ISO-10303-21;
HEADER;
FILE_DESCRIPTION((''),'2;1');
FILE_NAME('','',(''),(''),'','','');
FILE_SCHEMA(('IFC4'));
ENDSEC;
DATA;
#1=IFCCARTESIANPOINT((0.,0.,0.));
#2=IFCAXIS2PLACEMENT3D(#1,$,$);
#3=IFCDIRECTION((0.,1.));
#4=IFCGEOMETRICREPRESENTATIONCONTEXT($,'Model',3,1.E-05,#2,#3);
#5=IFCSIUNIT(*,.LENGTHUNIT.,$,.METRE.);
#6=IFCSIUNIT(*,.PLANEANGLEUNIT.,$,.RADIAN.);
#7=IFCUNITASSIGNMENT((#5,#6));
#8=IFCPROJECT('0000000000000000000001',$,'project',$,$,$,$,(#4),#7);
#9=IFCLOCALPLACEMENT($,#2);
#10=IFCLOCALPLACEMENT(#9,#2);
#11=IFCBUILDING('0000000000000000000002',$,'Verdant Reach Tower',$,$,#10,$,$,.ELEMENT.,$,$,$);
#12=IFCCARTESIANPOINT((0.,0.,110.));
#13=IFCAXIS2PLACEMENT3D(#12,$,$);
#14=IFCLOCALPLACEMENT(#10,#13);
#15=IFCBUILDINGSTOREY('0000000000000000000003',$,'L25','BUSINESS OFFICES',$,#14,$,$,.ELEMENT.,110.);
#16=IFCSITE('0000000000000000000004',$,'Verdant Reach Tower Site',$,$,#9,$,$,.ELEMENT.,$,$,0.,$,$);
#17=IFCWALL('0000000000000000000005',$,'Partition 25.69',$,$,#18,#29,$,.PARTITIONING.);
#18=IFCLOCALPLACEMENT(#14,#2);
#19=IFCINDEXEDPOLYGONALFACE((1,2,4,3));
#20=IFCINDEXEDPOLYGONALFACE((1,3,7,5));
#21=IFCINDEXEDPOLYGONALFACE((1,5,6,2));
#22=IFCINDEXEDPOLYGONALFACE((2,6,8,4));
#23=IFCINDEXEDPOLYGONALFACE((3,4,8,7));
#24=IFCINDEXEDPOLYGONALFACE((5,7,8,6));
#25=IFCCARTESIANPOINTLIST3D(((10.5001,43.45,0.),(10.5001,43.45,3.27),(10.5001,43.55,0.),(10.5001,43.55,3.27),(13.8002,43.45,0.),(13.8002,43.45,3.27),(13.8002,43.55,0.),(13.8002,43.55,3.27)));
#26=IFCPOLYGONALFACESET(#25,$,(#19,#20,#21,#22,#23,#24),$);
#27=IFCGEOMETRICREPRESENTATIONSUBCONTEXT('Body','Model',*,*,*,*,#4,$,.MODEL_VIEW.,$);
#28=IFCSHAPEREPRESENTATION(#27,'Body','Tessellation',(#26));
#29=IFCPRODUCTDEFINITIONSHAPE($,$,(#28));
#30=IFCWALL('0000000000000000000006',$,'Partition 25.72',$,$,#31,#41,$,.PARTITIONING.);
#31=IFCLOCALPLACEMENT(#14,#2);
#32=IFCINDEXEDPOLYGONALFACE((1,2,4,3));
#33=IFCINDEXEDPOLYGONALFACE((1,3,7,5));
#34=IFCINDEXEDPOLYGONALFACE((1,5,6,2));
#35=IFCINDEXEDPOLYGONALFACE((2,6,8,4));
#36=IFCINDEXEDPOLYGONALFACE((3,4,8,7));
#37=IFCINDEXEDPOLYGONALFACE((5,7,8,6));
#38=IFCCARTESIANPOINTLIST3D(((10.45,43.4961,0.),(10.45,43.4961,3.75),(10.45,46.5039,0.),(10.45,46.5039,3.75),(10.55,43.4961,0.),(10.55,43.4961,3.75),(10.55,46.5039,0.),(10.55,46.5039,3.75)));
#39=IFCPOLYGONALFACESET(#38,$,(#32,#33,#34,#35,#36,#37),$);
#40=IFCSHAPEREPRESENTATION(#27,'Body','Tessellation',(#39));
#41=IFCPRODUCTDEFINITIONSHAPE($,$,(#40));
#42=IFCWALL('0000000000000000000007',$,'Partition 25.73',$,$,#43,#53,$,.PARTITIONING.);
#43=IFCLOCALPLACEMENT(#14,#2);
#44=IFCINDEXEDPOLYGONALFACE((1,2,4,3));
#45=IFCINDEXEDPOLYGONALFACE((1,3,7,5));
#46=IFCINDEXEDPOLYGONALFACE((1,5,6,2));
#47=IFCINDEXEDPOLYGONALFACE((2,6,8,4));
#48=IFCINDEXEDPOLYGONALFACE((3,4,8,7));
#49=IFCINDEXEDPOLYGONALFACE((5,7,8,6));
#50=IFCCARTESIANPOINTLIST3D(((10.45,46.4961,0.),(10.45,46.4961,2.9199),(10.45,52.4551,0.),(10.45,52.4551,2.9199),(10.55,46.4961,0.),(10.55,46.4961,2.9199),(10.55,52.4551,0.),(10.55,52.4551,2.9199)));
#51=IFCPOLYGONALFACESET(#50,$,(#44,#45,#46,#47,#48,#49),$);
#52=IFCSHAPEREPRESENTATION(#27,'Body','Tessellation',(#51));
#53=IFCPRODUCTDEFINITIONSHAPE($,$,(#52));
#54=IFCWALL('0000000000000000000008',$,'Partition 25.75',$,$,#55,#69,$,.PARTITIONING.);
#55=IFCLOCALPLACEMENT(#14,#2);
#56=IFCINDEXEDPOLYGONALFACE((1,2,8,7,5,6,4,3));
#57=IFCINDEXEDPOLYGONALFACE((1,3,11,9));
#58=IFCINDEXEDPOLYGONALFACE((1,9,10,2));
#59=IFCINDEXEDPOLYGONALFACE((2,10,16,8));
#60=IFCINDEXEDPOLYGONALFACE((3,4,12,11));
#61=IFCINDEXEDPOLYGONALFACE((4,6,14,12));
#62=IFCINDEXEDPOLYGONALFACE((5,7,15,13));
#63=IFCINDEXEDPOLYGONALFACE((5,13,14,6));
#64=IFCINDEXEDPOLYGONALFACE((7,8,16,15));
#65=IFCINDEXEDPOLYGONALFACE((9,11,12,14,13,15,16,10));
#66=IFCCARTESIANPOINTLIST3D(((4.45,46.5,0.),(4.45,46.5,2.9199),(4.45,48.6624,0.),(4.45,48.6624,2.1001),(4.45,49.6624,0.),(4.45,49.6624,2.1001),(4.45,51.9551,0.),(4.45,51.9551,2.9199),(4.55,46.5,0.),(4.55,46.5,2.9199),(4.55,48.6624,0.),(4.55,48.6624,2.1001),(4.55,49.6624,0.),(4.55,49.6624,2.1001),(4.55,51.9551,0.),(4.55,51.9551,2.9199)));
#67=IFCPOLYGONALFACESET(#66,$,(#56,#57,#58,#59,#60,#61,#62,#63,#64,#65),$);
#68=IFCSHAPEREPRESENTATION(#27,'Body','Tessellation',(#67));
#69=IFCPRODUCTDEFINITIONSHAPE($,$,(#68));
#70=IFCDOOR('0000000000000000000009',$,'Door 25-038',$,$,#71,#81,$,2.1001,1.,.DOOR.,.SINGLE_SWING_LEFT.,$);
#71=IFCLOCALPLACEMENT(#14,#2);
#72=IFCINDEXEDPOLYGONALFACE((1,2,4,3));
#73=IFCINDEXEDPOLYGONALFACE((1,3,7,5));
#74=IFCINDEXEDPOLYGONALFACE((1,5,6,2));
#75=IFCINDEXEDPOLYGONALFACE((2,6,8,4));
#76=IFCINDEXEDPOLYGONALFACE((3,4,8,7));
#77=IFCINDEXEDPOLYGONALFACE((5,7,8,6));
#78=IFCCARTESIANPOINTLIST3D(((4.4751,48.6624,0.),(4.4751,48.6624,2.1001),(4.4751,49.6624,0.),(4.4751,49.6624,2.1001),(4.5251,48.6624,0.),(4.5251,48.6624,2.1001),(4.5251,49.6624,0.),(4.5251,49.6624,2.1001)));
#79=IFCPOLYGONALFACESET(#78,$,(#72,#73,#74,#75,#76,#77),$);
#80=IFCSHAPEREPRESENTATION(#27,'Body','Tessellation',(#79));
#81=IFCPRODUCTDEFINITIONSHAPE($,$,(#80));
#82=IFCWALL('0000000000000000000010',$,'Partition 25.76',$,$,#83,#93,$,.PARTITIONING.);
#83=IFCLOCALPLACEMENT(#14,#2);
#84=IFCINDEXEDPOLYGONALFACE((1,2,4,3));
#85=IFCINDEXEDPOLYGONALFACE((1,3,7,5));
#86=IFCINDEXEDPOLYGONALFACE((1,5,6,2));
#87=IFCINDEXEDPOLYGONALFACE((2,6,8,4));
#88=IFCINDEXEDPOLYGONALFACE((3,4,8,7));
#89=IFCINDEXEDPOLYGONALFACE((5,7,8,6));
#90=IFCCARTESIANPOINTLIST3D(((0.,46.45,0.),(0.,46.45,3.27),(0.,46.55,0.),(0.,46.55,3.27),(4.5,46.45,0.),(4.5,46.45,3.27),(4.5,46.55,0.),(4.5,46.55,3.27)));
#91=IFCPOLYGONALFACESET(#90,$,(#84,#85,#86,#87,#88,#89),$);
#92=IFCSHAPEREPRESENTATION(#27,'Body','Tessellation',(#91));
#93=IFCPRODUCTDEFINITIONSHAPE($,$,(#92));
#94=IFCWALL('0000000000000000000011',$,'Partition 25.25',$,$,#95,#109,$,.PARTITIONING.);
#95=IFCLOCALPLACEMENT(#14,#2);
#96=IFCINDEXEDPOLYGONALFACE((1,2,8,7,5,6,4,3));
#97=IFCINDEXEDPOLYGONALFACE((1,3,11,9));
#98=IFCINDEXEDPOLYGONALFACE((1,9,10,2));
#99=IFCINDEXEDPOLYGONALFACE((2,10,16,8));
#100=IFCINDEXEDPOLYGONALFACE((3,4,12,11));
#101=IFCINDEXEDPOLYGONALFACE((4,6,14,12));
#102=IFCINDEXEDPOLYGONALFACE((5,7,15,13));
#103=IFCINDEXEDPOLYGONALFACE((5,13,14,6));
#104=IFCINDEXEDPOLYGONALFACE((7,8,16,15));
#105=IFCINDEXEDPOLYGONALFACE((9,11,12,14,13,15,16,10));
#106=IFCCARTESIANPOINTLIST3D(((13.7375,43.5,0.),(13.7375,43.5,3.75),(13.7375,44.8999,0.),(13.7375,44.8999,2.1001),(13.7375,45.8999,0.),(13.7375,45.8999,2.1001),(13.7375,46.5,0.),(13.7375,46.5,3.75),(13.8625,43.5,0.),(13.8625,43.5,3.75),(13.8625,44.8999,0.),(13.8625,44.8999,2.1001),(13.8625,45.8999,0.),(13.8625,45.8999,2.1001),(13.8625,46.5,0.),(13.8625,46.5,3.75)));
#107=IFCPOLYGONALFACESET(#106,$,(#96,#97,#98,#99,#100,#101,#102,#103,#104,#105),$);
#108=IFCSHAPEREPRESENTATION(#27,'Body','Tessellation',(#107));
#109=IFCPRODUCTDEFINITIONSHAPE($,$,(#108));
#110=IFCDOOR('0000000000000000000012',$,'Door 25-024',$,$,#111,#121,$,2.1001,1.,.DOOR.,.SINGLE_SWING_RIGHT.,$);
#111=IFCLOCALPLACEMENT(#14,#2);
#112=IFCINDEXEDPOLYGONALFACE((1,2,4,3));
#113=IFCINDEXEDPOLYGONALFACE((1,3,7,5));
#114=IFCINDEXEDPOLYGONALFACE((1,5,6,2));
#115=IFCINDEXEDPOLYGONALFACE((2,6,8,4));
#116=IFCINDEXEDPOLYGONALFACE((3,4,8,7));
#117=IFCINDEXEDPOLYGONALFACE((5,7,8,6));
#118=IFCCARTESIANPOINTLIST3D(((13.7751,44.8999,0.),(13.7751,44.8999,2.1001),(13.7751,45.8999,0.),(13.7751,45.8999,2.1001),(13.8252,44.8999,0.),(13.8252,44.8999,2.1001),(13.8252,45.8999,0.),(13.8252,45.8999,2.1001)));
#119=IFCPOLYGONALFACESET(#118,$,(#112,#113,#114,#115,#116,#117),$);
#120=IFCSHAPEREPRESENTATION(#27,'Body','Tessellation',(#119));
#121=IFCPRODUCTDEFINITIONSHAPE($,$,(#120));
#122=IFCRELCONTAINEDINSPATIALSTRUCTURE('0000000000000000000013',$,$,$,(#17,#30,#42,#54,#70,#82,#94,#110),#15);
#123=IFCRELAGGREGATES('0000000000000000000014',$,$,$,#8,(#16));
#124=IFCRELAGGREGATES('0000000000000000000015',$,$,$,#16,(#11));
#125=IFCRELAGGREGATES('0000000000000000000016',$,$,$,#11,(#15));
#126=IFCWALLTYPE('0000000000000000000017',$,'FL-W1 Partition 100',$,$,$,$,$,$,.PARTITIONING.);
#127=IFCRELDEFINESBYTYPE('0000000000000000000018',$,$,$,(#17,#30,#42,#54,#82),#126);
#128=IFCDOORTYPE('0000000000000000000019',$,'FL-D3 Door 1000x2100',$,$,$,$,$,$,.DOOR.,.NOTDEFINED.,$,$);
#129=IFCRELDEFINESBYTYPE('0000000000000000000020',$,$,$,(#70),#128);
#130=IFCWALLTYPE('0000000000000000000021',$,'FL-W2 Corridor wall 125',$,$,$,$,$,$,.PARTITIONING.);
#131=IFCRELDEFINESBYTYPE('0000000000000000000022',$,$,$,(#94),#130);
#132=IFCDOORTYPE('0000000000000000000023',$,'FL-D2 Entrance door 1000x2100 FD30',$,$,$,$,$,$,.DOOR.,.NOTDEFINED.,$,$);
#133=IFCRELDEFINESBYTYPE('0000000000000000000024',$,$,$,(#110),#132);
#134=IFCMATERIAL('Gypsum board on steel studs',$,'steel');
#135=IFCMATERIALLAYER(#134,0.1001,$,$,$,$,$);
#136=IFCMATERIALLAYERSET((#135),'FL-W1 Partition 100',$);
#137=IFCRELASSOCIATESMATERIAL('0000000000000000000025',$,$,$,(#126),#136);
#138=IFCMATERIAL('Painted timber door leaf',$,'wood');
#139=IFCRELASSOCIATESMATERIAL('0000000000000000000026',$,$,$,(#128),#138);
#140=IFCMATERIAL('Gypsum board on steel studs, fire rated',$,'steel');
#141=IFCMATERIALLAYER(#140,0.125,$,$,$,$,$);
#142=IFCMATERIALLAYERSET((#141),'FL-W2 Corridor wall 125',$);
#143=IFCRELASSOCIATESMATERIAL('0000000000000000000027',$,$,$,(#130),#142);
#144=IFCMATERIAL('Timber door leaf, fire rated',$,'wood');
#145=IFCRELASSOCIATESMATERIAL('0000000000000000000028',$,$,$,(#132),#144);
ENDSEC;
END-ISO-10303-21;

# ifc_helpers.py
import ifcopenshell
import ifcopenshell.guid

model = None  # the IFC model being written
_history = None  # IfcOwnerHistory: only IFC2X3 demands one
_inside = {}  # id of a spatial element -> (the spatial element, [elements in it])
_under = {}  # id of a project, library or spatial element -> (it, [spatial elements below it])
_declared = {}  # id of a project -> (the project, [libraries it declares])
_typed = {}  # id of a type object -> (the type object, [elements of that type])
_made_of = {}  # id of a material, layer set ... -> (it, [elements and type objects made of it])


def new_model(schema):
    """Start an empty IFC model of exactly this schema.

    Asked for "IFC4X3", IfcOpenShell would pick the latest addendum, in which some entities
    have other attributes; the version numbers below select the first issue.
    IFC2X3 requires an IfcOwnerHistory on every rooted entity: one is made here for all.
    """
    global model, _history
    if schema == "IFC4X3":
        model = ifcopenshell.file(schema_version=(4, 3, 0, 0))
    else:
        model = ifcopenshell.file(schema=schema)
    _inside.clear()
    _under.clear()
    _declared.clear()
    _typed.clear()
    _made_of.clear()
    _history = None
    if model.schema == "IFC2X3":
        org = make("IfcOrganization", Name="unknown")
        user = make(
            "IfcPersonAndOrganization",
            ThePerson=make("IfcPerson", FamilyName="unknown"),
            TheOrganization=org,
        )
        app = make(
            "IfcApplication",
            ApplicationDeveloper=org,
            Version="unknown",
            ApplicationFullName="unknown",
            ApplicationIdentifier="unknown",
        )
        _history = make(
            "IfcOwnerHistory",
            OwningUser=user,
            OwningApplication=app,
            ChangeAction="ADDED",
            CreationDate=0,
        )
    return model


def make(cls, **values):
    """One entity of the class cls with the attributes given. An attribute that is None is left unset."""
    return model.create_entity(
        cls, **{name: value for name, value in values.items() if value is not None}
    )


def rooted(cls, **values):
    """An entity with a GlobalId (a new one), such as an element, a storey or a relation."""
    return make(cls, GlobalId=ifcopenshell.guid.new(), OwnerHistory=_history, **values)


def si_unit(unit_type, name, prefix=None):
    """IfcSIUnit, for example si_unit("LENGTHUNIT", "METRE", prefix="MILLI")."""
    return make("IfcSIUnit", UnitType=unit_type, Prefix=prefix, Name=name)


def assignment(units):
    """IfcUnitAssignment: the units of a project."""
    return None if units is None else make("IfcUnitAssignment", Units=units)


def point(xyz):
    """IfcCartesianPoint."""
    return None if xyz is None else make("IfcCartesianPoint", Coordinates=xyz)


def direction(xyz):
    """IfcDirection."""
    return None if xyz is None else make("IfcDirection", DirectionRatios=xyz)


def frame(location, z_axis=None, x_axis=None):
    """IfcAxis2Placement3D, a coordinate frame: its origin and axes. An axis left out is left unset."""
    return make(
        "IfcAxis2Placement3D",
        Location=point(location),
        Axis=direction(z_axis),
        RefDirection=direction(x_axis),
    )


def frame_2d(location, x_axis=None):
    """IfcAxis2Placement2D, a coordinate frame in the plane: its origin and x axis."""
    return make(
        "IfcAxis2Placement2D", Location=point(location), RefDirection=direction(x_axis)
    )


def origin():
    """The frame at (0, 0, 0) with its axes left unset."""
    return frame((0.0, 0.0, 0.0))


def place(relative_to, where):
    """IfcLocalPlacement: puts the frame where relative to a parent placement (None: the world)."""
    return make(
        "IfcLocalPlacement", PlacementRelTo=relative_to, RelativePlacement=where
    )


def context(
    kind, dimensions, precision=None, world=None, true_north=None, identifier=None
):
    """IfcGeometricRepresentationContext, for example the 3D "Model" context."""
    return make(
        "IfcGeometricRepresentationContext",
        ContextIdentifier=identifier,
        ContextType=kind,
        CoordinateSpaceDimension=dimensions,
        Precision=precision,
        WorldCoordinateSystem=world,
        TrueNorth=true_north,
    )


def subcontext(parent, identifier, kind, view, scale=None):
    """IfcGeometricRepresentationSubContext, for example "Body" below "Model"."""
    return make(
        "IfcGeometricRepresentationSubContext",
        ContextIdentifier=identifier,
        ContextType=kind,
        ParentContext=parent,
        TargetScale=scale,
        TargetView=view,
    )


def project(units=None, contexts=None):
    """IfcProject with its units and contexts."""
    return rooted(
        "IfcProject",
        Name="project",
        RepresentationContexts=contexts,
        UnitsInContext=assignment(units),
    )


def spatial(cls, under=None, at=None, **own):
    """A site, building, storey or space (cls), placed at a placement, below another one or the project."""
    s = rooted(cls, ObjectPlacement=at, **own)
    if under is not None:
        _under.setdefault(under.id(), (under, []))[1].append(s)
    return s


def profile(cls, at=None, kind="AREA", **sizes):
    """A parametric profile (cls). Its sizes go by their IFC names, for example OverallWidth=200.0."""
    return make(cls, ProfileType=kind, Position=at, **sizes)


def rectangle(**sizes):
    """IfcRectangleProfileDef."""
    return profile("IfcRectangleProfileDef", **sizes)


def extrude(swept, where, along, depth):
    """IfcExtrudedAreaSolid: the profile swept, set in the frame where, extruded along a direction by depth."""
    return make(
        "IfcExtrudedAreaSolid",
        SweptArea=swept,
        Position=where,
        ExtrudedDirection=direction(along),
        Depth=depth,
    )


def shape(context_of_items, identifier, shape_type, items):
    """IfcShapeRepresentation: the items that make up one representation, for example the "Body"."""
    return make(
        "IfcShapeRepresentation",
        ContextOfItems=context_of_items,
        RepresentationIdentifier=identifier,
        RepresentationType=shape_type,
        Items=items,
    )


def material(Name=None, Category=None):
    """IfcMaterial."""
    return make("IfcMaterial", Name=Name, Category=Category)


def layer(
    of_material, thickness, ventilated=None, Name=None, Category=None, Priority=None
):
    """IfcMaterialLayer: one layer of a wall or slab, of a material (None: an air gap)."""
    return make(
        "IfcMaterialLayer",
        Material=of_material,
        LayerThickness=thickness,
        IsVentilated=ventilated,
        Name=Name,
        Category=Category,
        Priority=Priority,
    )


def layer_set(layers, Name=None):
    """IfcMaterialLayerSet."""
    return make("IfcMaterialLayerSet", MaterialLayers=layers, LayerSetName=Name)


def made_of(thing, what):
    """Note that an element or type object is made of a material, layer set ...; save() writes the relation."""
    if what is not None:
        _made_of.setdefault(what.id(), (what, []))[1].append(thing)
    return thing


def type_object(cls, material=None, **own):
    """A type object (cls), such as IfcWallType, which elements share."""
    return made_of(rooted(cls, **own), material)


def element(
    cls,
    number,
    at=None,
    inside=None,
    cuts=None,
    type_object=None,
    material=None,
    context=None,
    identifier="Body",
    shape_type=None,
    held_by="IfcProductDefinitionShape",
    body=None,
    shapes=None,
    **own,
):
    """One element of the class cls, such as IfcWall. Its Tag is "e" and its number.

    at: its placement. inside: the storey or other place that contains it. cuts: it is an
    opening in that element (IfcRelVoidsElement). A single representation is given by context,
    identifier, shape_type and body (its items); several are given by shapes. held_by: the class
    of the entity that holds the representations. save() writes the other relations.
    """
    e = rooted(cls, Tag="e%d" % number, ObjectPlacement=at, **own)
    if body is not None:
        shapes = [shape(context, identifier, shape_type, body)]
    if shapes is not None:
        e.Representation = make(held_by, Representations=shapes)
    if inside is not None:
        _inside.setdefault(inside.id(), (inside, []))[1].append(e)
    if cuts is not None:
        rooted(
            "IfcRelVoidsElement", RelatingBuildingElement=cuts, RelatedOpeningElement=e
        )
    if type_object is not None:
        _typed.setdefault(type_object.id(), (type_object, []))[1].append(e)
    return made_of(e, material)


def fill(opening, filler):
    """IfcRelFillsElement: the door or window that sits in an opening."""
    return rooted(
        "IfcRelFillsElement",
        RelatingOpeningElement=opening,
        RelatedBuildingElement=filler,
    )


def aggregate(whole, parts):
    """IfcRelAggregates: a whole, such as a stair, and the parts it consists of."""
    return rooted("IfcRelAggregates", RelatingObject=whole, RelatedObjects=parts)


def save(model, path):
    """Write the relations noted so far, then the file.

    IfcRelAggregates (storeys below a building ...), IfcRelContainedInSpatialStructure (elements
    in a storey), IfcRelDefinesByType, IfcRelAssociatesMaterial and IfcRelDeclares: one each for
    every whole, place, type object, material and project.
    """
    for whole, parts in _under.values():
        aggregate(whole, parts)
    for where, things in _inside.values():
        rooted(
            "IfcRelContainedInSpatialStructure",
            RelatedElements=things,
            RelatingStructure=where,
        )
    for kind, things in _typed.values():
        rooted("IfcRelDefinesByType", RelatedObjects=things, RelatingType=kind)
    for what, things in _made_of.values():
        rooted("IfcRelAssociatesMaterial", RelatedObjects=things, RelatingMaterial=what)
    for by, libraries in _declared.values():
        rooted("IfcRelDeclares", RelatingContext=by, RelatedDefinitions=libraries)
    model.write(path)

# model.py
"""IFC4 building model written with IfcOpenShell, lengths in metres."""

from ifc_helpers import new_model, si_unit, direction, frame, frame_2d, origin, place, context, subcontext, project, spatial, rectangle, extrude, material, layer, layer_set, type_object, element, fill, save


model = new_model("IFC4")

# Units and contexts
model_context = context("Model", 3, precision=1e-05, world=origin(), true_north=direction((0.0, 1.0)))
body_context = subcontext(model_context, "Body", "Model", "MODEL_VIEW")
ifc_project = project(units=[si_unit("LENGTHUNIT", "METRE"), si_unit("PLANEANGLEUNIT", "RADIAN")], contexts=[model_context])

# Site, building, storey
site_placement = place(None, origin())
site = spatial("IfcSite", under=ifc_project, at=site_placement, Name="Verdant Reach Tower Site", CompositionType="ELEMENT", RefElevation=0.0)
building_placement = place(site_placement, origin())
building = spatial("IfcBuilding", under=site, at=building_placement, Name="Verdant Reach Tower", CompositionType="ELEMENT")
storey_placement = place(building_placement, frame((0.0, 0.0, 110.0)))
storey = spatial("IfcBuildingStorey", under=building, at=storey_placement, Name="L25", Description="BUSINESS OFFICES", CompositionType="ELEMENT", Elevation=110.0)

# Walls
ifc_material_1 = material(Name="Gypsum board on steel studs", Category="steel")
ifc_layer_1 = layer(ifc_material_1, 0.1001)
ifc_layer_set_1 = layer_set([ifc_layer_1], Name="FL-W1 Partition 100")
wall_type_1 = type_object("IfcWallType", Name="FL-W1 Partition 100", PredefinedType="PARTITIONING", material=ifc_layer_set_1)
wall_1_placement = place(storey_placement, frame((13.8, 43.5, 0.0), z_axis=(0.0, 0.0, 1.0), x_axis=(-1.0, 0.0, 0.0)))
element("IfcWall", 1, at=wall_1_placement, inside=storey, type_object=wall_type_1, Name="Partition 25.69", PredefinedType="PARTITIONING", context=body_context, shape_type="SweptSolid", body=[
    extrude(rectangle(XDim=3.3, YDim=0.1001, at=frame_2d((1.6499, 0.0))), origin(), (0.0, 0.0, 1.0), 3.27),
])
wall_2_placement = place(storey_placement, frame((10.5, 46.5039, 0.0), z_axis=(0.0, 0.0, 1.0), x_axis=(0.0, -1.0, 0.0)))
element("IfcWall", 2, at=wall_2_placement, inside=storey, type_object=wall_type_1, Name="Partition 25.72", PredefinedType="PARTITIONING", context=body_context, shape_type="SweptSolid", body=[
    extrude(rectangle(XDim=3.0078, YDim=0.1001, at=frame_2d((1.5039, 0.0))), origin(), (0.0, 0.0, 1.0), 3.75),
])
wall_3_placement = place(storey_placement, frame((10.5, 52.4551, 0.0), z_axis=(0.0, 0.0, 1.0), x_axis=(0.0, -1.0, 0.0)))
element("IfcWall", 3, at=wall_3_placement, inside=storey, type_object=wall_type_1, Name="Partition 25.73", PredefinedType="PARTITIONING", context=body_context, shape_type="SweptSolid", body=[
    extrude(rectangle(XDim=5.959, YDim=0.1001, at=frame_2d((2.9795, 0.0))), origin(), (0.0, 0.0, 1.0), 2.9199),
])

# Wall, opening, door
wall_4_placement = place(storey_placement, frame((4.5, 46.5, 0.0), z_axis=(0.0, 0.0, 1.0), x_axis=(0.0, 1.0, 0.0)))
wall_4 = element("IfcWall", 4, at=wall_4_placement, inside=storey, type_object=wall_type_1, Name="Partition 25.75", PredefinedType="PARTITIONING", context=body_context, shape_type="SweptSolid", body=[
    extrude(rectangle(XDim=5.4551, YDim=0.1001, at=frame_2d((2.7275, 0.0))), origin(), (0.0, 0.0, 1.0), 2.9199),
])
opening_1_placement = place(wall_4_placement, frame((2.1624, 0.0, 0.0)))
opening_1 = element("IfcOpeningElement", 5, at=opening_1_placement, cuts=wall_4, PredefinedType="OPENING", context=body_context, shape_type="SweptSolid", body=[
    extrude(rectangle(XDim=1.0, YDim=2.1001, at=frame_2d((0.5, 1.05))), frame((0.0, 0.0601, 0.0), z_axis=(0.0, -1.0, 0.0), x_axis=(1.0, 0.0, 0.0)), (0.0, 0.0, 1.0), 0.1201),
])
ifc_material_2 = material(Name="Painted timber door leaf", Category="wood")
door_type_1 = type_object("IfcDoorType", Name="FL-D3 Door 1000x2100", OperationType="NOTDEFINED", PredefinedType="DOOR", material=ifc_material_2)
door_1_placement = place(opening_1_placement, origin())
door_1 = element("IfcDoor", 6, at=door_1_placement, inside=storey, type_object=door_type_1, Name="Door 25-038", OperationType="SINGLE_SWING_LEFT", OverallHeight=2.1001, OverallWidth=1.0, PredefinedType="DOOR", context=body_context, shape_type="SweptSolid", body=[
    extrude(rectangle(XDim=1.0, YDim=2.1001, at=frame_2d((0.5, 1.05))), frame((0.0, 0.0249, 0.0), z_axis=(0.0, -1.0, 0.0), x_axis=(1.0, 0.0, 0.0)), (0.0, 0.0, 1.0), 0.05),
])
fill(opening_1, door_1)

# Wall
wall_5_placement = place(storey_placement, frame((4.5, 46.5, 0.0), z_axis=(0.0, 0.0, 1.0), x_axis=(-1.0, 0.0, 0.0)))
element("IfcWall", 7, at=wall_5_placement, inside=storey, type_object=wall_type_1, Name="Partition 25.76", PredefinedType="PARTITIONING", context=body_context, shape_type="SweptSolid", body=[
    extrude(rectangle(XDim=4.5, YDim=0.1001, at=frame_2d((2.25, 0.0))), origin(), (0.0, 0.0, 1.0), 3.27),
])

# Wall, opening, door
ifc_material_3 = material(Name="Gypsum board on steel studs, fire rated", Category="steel")
ifc_layer_2 = layer(ifc_material_3, 0.125)
ifc_layer_set_2 = layer_set([ifc_layer_2], Name="FL-W2 Corridor wall 125")
wall_type_2 = type_object("IfcWallType", Name="FL-W2 Corridor wall 125", PredefinedType="PARTITIONING", material=ifc_layer_set_2)
wall_6_placement = place(storey_placement, frame((13.8, 43.5, 0.0), z_axis=(0.0, 0.0, 1.0), x_axis=(0.0, 1.0, 0.0)))
wall_6 = element("IfcWall", 8, at=wall_6_placement, inside=storey, type_object=wall_type_2, Name="Partition 25.25", PredefinedType="PARTITIONING", context=body_context, shape_type="SweptSolid", body=[
    extrude(rectangle(XDim=3.0, YDim=0.125, at=frame_2d((1.5, 0.0))), origin(), (0.0, 0.0, 1.0), 3.75),
])
opening_2_placement = place(wall_6_placement, frame((1.3999, 0.0, 0.0)))
opening_2 = element("IfcOpeningElement", 9, at=opening_2_placement, cuts=wall_6, PredefinedType="OPENING", context=body_context, shape_type="SweptSolid", body=[
    extrude(rectangle(XDim=1.0, YDim=2.1001, at=frame_2d((0.5, 1.05))), frame((0.0, 0.0725, 0.0), z_axis=(0.0, -1.0, 0.0), x_axis=(1.0, 0.0, 0.0)), (0.0, 0.0, 1.0), 0.145),
])
ifc_material_4 = material(Name="Timber door leaf, fire rated", Category="wood")
door_type_2 = type_object("IfcDoorType", Name="FL-D2 Entrance door 1000x2100 FD30", OperationType="NOTDEFINED", PredefinedType="DOOR", material=ifc_material_4)
door_2_placement = place(opening_2_placement, origin())
door_2 = element("IfcDoor", 10, at=door_2_placement, inside=storey, type_object=door_type_2, Name="Door 25-024", OperationType="SINGLE_SWING_RIGHT", OverallHeight=2.1001, OverallWidth=1.0, PredefinedType="DOOR", context=body_context, shape_type="SweptSolid", body=[
    extrude(rectangle(XDim=1.0, YDim=2.1001, at=frame_2d((0.5, 1.05))), frame((0.0, 0.0249, 0.0), z_axis=(0.0, -1.0, 0.0), x_axis=(1.0, 0.0, 0.0)), (0.0, 0.0, 1.0), 0.05),
])
fill(opening_2, door_2)

save(model, "model.ifc")
